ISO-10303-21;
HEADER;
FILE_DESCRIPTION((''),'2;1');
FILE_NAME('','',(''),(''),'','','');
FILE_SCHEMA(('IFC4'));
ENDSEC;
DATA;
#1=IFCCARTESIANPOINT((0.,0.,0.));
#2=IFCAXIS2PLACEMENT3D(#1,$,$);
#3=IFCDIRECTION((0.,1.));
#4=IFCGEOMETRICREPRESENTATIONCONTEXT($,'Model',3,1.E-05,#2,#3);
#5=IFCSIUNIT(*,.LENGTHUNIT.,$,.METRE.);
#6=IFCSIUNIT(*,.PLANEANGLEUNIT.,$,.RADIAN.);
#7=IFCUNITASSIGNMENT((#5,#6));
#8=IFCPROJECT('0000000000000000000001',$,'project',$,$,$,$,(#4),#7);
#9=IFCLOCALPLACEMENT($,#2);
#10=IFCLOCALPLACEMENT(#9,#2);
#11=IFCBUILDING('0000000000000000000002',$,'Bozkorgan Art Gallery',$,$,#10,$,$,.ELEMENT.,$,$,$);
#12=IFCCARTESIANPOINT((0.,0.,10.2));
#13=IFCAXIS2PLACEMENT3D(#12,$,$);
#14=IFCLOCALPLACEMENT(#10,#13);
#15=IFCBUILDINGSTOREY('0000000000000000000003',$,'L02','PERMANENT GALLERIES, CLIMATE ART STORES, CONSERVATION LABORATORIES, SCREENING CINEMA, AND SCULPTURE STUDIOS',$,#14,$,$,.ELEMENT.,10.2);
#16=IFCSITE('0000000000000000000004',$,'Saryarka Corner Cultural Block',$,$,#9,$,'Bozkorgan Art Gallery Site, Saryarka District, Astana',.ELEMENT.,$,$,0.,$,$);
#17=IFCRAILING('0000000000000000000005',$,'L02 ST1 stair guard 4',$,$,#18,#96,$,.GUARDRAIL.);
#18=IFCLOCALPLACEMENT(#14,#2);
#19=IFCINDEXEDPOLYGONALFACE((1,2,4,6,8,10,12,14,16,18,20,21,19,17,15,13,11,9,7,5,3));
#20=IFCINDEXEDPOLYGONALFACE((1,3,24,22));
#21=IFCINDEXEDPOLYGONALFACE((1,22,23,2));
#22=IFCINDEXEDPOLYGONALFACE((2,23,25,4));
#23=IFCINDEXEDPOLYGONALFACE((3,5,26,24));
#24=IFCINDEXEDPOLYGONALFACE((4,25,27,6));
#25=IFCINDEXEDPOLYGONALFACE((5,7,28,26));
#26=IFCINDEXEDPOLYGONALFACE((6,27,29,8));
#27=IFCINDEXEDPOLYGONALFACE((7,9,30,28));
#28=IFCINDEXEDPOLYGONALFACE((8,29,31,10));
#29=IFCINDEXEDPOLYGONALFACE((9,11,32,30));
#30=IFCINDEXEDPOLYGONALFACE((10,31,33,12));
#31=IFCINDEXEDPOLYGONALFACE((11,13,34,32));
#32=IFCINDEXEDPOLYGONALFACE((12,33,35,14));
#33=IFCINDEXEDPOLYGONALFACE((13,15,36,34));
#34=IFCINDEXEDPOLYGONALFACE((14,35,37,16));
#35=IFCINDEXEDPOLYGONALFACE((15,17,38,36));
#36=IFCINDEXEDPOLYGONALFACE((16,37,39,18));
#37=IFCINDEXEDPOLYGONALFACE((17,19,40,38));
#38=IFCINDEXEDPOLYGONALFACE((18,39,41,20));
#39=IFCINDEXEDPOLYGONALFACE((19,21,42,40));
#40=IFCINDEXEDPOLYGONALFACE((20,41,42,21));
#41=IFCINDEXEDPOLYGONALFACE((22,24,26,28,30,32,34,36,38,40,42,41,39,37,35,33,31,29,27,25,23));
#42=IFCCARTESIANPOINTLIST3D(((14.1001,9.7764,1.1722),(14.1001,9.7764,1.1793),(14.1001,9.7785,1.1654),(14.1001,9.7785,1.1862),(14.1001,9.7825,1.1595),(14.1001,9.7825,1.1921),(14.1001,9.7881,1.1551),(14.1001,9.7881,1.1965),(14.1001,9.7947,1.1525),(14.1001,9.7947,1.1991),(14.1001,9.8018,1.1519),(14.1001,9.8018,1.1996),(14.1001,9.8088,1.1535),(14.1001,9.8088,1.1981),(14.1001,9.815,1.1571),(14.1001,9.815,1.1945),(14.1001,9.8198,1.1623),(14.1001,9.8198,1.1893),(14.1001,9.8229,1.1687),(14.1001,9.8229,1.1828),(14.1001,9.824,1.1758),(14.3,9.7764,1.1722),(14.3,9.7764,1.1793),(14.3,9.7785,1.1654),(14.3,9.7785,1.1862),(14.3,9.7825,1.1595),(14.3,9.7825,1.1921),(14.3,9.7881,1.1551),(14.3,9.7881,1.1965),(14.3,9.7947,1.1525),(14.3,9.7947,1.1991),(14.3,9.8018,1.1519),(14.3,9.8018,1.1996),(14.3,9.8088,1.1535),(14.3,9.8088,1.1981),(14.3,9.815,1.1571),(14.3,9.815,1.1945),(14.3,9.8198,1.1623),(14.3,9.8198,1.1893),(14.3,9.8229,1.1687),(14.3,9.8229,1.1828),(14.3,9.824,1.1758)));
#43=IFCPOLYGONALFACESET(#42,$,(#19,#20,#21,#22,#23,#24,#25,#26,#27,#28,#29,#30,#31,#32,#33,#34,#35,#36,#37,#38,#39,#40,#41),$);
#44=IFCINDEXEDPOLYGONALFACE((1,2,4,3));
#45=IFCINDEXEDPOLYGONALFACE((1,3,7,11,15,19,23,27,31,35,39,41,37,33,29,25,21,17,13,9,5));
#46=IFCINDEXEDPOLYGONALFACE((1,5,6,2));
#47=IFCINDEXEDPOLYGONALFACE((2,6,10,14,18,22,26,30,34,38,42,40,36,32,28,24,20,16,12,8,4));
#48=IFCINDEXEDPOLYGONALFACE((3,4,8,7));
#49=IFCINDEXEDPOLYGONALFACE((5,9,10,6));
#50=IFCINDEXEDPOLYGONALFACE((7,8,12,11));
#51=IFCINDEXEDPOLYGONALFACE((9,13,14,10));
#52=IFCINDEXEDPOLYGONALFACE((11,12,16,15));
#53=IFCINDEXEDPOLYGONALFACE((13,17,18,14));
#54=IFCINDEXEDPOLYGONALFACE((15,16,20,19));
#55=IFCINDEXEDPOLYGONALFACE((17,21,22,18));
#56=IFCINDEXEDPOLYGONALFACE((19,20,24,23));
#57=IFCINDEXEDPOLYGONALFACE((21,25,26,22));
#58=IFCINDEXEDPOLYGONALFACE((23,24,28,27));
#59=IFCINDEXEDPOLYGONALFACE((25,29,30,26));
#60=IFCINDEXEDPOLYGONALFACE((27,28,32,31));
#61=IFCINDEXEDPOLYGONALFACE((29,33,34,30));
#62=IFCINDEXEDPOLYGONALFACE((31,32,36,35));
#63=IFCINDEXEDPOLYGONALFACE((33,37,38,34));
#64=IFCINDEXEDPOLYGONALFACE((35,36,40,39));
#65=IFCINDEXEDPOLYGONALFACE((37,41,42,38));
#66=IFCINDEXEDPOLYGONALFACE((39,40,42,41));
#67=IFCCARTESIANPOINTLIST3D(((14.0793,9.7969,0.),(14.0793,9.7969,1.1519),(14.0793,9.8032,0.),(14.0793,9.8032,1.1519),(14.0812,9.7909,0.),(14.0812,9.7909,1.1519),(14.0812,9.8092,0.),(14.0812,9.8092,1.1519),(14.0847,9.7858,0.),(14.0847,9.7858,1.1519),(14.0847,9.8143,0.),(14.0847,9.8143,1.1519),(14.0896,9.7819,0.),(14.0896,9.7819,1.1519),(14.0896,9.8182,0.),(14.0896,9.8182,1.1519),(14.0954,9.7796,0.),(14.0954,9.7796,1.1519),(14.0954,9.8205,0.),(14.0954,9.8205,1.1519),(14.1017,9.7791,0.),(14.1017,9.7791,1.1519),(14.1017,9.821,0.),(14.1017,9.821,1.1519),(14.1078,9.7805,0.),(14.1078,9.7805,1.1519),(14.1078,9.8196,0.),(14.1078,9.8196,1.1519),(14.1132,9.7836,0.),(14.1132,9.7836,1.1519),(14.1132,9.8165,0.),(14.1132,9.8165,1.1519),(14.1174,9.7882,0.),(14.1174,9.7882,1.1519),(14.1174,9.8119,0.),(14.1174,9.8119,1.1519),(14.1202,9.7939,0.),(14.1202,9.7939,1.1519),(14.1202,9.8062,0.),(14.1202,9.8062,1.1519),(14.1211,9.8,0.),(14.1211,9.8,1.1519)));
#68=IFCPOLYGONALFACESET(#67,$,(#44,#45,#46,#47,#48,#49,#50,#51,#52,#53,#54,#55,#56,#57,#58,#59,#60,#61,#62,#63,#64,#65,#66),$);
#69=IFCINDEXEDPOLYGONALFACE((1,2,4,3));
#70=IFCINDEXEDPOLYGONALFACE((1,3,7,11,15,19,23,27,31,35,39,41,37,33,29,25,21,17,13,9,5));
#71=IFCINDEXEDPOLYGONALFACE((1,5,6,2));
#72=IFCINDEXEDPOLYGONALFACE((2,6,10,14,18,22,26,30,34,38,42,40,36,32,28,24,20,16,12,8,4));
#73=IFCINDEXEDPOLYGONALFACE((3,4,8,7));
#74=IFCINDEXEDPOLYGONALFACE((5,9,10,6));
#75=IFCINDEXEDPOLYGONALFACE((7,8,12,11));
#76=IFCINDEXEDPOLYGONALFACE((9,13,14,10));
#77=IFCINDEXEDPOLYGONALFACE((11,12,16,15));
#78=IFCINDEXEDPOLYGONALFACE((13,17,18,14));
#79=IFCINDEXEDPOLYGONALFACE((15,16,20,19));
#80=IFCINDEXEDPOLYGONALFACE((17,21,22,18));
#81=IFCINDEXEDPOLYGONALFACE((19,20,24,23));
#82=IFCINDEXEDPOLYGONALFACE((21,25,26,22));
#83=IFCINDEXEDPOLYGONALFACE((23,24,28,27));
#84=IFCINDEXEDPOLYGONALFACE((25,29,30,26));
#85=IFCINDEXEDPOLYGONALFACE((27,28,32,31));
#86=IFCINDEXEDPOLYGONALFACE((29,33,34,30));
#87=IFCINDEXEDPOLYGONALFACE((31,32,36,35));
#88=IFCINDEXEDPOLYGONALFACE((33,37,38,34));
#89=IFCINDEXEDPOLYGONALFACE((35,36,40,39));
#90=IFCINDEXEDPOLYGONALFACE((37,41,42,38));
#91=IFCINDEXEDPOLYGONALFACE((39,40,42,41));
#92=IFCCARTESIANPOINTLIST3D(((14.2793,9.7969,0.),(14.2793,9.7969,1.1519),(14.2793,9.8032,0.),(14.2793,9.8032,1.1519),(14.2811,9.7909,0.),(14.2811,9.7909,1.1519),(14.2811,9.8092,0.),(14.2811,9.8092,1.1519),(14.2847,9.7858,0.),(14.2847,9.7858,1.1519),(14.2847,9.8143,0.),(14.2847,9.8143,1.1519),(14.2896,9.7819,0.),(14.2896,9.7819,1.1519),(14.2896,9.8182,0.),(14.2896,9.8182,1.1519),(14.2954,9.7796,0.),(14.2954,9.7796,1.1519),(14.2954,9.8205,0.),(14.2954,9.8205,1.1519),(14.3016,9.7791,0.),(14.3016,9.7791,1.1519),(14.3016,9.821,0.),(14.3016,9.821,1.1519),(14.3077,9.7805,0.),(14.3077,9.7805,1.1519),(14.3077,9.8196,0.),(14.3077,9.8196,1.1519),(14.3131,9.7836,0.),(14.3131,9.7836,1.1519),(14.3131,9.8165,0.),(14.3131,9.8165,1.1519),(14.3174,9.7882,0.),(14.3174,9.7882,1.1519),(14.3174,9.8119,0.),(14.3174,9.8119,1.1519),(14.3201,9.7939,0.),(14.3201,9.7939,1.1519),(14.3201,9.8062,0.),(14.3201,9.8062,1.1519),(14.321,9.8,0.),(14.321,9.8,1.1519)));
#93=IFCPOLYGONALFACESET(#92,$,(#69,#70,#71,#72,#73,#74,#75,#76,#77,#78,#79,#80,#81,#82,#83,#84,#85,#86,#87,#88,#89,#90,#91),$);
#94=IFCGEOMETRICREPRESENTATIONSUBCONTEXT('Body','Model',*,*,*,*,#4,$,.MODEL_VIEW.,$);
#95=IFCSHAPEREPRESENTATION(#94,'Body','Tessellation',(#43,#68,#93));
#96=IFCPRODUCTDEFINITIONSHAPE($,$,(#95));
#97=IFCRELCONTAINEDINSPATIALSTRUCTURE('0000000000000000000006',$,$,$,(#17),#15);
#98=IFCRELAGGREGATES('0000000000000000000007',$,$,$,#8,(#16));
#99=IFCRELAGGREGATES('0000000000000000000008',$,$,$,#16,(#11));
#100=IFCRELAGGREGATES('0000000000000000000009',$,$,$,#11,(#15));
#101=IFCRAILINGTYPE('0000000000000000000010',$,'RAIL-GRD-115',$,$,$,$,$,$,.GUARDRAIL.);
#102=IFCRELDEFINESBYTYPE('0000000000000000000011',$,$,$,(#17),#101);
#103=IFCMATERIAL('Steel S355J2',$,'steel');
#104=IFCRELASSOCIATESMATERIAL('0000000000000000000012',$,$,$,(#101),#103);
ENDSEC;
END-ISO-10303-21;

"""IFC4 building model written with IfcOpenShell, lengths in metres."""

from ifc_helpers import new_model, si_unit, direction, frame, origin, origin_2d, place, context, subcontext, project, spatial, circle, extrude, material, type_object, element, save


model = new_model("IFC4")

# Units and contexts
model_context = context("Model", 3, precision=1e-05, world=origin(), true_north=direction((0.0, 1.0)))
body_context = subcontext(model_context, "Body", "Model", "MODEL_VIEW")
ifc_project = project(units=[si_unit("LENGTHUNIT", "METRE"), si_unit("PLANEANGLEUNIT", "RADIAN")], contexts=[model_context])

# Site, building, storey
site_placement = place(None, origin())
site = spatial("IfcSite", under=ifc_project, at=site_placement, Name="Saryarka Corner Cultural Block", LongName="Bozkorgan Art Gallery Site, Saryarka District, Astana", CompositionType="ELEMENT", RefElevation=0.0)
building_placement = place(site_placement, origin())
building = spatial("IfcBuilding", under=site, at=building_placement, Name="Bozkorgan Art Gallery", CompositionType="ELEMENT")
storey_placement = place(building_placement, frame((0.0, 0.0, 10.2)))
storey = spatial("IfcBuildingStorey", under=building, at=storey_placement, Name="L02", Description="PERMANENT GALLERIES, CLIMATE ART STORES, CONSERVATION LABORATORIES, SCREENING CINEMA, AND SCULPTURE STUDIOS", CompositionType="ELEMENT", Elevation=10.2)

# Shared definitions
ifc_material_1 = material(Name="Steel S355J2", Category="steel")

# Railing
railing_type_1 = type_object("IfcRailingType", Name="RAIL-GRD-115", PredefinedType="GUARDRAIL", material=ifc_material_1)
railing_1_placement = place(storey_placement, frame((14.1001, 9.8, 0.0)))
element("IfcRailing", 1, at=railing_1_placement, inside=storey, type_object=railing_type_1, Name="L02 ST1 stair guard 4", PredefinedType="GUARDRAIL", context=body_context, shape_type="SweptSolid", body=[
    extrude(circle(Radius=0.0239, at=origin_2d()), frame((0.0, 0.0, 1.1758), z_axis=(1.0, 0.0, 0.0), x_axis=(0.0, 1.0, 0.0)), (0.0, 0.0, 1.0), 0.2),
    extrude(circle(Radius=0.021, at=origin_2d()), origin(), (0.0, 0.0, 1.0), 1.1519),
    extrude(circle(Radius=0.021, at=origin_2d()), frame((0.2, 0.0, 0.0)), (0.0, 0.0, 1.0), 1.1519),
])

save(model, "model.ifc")
